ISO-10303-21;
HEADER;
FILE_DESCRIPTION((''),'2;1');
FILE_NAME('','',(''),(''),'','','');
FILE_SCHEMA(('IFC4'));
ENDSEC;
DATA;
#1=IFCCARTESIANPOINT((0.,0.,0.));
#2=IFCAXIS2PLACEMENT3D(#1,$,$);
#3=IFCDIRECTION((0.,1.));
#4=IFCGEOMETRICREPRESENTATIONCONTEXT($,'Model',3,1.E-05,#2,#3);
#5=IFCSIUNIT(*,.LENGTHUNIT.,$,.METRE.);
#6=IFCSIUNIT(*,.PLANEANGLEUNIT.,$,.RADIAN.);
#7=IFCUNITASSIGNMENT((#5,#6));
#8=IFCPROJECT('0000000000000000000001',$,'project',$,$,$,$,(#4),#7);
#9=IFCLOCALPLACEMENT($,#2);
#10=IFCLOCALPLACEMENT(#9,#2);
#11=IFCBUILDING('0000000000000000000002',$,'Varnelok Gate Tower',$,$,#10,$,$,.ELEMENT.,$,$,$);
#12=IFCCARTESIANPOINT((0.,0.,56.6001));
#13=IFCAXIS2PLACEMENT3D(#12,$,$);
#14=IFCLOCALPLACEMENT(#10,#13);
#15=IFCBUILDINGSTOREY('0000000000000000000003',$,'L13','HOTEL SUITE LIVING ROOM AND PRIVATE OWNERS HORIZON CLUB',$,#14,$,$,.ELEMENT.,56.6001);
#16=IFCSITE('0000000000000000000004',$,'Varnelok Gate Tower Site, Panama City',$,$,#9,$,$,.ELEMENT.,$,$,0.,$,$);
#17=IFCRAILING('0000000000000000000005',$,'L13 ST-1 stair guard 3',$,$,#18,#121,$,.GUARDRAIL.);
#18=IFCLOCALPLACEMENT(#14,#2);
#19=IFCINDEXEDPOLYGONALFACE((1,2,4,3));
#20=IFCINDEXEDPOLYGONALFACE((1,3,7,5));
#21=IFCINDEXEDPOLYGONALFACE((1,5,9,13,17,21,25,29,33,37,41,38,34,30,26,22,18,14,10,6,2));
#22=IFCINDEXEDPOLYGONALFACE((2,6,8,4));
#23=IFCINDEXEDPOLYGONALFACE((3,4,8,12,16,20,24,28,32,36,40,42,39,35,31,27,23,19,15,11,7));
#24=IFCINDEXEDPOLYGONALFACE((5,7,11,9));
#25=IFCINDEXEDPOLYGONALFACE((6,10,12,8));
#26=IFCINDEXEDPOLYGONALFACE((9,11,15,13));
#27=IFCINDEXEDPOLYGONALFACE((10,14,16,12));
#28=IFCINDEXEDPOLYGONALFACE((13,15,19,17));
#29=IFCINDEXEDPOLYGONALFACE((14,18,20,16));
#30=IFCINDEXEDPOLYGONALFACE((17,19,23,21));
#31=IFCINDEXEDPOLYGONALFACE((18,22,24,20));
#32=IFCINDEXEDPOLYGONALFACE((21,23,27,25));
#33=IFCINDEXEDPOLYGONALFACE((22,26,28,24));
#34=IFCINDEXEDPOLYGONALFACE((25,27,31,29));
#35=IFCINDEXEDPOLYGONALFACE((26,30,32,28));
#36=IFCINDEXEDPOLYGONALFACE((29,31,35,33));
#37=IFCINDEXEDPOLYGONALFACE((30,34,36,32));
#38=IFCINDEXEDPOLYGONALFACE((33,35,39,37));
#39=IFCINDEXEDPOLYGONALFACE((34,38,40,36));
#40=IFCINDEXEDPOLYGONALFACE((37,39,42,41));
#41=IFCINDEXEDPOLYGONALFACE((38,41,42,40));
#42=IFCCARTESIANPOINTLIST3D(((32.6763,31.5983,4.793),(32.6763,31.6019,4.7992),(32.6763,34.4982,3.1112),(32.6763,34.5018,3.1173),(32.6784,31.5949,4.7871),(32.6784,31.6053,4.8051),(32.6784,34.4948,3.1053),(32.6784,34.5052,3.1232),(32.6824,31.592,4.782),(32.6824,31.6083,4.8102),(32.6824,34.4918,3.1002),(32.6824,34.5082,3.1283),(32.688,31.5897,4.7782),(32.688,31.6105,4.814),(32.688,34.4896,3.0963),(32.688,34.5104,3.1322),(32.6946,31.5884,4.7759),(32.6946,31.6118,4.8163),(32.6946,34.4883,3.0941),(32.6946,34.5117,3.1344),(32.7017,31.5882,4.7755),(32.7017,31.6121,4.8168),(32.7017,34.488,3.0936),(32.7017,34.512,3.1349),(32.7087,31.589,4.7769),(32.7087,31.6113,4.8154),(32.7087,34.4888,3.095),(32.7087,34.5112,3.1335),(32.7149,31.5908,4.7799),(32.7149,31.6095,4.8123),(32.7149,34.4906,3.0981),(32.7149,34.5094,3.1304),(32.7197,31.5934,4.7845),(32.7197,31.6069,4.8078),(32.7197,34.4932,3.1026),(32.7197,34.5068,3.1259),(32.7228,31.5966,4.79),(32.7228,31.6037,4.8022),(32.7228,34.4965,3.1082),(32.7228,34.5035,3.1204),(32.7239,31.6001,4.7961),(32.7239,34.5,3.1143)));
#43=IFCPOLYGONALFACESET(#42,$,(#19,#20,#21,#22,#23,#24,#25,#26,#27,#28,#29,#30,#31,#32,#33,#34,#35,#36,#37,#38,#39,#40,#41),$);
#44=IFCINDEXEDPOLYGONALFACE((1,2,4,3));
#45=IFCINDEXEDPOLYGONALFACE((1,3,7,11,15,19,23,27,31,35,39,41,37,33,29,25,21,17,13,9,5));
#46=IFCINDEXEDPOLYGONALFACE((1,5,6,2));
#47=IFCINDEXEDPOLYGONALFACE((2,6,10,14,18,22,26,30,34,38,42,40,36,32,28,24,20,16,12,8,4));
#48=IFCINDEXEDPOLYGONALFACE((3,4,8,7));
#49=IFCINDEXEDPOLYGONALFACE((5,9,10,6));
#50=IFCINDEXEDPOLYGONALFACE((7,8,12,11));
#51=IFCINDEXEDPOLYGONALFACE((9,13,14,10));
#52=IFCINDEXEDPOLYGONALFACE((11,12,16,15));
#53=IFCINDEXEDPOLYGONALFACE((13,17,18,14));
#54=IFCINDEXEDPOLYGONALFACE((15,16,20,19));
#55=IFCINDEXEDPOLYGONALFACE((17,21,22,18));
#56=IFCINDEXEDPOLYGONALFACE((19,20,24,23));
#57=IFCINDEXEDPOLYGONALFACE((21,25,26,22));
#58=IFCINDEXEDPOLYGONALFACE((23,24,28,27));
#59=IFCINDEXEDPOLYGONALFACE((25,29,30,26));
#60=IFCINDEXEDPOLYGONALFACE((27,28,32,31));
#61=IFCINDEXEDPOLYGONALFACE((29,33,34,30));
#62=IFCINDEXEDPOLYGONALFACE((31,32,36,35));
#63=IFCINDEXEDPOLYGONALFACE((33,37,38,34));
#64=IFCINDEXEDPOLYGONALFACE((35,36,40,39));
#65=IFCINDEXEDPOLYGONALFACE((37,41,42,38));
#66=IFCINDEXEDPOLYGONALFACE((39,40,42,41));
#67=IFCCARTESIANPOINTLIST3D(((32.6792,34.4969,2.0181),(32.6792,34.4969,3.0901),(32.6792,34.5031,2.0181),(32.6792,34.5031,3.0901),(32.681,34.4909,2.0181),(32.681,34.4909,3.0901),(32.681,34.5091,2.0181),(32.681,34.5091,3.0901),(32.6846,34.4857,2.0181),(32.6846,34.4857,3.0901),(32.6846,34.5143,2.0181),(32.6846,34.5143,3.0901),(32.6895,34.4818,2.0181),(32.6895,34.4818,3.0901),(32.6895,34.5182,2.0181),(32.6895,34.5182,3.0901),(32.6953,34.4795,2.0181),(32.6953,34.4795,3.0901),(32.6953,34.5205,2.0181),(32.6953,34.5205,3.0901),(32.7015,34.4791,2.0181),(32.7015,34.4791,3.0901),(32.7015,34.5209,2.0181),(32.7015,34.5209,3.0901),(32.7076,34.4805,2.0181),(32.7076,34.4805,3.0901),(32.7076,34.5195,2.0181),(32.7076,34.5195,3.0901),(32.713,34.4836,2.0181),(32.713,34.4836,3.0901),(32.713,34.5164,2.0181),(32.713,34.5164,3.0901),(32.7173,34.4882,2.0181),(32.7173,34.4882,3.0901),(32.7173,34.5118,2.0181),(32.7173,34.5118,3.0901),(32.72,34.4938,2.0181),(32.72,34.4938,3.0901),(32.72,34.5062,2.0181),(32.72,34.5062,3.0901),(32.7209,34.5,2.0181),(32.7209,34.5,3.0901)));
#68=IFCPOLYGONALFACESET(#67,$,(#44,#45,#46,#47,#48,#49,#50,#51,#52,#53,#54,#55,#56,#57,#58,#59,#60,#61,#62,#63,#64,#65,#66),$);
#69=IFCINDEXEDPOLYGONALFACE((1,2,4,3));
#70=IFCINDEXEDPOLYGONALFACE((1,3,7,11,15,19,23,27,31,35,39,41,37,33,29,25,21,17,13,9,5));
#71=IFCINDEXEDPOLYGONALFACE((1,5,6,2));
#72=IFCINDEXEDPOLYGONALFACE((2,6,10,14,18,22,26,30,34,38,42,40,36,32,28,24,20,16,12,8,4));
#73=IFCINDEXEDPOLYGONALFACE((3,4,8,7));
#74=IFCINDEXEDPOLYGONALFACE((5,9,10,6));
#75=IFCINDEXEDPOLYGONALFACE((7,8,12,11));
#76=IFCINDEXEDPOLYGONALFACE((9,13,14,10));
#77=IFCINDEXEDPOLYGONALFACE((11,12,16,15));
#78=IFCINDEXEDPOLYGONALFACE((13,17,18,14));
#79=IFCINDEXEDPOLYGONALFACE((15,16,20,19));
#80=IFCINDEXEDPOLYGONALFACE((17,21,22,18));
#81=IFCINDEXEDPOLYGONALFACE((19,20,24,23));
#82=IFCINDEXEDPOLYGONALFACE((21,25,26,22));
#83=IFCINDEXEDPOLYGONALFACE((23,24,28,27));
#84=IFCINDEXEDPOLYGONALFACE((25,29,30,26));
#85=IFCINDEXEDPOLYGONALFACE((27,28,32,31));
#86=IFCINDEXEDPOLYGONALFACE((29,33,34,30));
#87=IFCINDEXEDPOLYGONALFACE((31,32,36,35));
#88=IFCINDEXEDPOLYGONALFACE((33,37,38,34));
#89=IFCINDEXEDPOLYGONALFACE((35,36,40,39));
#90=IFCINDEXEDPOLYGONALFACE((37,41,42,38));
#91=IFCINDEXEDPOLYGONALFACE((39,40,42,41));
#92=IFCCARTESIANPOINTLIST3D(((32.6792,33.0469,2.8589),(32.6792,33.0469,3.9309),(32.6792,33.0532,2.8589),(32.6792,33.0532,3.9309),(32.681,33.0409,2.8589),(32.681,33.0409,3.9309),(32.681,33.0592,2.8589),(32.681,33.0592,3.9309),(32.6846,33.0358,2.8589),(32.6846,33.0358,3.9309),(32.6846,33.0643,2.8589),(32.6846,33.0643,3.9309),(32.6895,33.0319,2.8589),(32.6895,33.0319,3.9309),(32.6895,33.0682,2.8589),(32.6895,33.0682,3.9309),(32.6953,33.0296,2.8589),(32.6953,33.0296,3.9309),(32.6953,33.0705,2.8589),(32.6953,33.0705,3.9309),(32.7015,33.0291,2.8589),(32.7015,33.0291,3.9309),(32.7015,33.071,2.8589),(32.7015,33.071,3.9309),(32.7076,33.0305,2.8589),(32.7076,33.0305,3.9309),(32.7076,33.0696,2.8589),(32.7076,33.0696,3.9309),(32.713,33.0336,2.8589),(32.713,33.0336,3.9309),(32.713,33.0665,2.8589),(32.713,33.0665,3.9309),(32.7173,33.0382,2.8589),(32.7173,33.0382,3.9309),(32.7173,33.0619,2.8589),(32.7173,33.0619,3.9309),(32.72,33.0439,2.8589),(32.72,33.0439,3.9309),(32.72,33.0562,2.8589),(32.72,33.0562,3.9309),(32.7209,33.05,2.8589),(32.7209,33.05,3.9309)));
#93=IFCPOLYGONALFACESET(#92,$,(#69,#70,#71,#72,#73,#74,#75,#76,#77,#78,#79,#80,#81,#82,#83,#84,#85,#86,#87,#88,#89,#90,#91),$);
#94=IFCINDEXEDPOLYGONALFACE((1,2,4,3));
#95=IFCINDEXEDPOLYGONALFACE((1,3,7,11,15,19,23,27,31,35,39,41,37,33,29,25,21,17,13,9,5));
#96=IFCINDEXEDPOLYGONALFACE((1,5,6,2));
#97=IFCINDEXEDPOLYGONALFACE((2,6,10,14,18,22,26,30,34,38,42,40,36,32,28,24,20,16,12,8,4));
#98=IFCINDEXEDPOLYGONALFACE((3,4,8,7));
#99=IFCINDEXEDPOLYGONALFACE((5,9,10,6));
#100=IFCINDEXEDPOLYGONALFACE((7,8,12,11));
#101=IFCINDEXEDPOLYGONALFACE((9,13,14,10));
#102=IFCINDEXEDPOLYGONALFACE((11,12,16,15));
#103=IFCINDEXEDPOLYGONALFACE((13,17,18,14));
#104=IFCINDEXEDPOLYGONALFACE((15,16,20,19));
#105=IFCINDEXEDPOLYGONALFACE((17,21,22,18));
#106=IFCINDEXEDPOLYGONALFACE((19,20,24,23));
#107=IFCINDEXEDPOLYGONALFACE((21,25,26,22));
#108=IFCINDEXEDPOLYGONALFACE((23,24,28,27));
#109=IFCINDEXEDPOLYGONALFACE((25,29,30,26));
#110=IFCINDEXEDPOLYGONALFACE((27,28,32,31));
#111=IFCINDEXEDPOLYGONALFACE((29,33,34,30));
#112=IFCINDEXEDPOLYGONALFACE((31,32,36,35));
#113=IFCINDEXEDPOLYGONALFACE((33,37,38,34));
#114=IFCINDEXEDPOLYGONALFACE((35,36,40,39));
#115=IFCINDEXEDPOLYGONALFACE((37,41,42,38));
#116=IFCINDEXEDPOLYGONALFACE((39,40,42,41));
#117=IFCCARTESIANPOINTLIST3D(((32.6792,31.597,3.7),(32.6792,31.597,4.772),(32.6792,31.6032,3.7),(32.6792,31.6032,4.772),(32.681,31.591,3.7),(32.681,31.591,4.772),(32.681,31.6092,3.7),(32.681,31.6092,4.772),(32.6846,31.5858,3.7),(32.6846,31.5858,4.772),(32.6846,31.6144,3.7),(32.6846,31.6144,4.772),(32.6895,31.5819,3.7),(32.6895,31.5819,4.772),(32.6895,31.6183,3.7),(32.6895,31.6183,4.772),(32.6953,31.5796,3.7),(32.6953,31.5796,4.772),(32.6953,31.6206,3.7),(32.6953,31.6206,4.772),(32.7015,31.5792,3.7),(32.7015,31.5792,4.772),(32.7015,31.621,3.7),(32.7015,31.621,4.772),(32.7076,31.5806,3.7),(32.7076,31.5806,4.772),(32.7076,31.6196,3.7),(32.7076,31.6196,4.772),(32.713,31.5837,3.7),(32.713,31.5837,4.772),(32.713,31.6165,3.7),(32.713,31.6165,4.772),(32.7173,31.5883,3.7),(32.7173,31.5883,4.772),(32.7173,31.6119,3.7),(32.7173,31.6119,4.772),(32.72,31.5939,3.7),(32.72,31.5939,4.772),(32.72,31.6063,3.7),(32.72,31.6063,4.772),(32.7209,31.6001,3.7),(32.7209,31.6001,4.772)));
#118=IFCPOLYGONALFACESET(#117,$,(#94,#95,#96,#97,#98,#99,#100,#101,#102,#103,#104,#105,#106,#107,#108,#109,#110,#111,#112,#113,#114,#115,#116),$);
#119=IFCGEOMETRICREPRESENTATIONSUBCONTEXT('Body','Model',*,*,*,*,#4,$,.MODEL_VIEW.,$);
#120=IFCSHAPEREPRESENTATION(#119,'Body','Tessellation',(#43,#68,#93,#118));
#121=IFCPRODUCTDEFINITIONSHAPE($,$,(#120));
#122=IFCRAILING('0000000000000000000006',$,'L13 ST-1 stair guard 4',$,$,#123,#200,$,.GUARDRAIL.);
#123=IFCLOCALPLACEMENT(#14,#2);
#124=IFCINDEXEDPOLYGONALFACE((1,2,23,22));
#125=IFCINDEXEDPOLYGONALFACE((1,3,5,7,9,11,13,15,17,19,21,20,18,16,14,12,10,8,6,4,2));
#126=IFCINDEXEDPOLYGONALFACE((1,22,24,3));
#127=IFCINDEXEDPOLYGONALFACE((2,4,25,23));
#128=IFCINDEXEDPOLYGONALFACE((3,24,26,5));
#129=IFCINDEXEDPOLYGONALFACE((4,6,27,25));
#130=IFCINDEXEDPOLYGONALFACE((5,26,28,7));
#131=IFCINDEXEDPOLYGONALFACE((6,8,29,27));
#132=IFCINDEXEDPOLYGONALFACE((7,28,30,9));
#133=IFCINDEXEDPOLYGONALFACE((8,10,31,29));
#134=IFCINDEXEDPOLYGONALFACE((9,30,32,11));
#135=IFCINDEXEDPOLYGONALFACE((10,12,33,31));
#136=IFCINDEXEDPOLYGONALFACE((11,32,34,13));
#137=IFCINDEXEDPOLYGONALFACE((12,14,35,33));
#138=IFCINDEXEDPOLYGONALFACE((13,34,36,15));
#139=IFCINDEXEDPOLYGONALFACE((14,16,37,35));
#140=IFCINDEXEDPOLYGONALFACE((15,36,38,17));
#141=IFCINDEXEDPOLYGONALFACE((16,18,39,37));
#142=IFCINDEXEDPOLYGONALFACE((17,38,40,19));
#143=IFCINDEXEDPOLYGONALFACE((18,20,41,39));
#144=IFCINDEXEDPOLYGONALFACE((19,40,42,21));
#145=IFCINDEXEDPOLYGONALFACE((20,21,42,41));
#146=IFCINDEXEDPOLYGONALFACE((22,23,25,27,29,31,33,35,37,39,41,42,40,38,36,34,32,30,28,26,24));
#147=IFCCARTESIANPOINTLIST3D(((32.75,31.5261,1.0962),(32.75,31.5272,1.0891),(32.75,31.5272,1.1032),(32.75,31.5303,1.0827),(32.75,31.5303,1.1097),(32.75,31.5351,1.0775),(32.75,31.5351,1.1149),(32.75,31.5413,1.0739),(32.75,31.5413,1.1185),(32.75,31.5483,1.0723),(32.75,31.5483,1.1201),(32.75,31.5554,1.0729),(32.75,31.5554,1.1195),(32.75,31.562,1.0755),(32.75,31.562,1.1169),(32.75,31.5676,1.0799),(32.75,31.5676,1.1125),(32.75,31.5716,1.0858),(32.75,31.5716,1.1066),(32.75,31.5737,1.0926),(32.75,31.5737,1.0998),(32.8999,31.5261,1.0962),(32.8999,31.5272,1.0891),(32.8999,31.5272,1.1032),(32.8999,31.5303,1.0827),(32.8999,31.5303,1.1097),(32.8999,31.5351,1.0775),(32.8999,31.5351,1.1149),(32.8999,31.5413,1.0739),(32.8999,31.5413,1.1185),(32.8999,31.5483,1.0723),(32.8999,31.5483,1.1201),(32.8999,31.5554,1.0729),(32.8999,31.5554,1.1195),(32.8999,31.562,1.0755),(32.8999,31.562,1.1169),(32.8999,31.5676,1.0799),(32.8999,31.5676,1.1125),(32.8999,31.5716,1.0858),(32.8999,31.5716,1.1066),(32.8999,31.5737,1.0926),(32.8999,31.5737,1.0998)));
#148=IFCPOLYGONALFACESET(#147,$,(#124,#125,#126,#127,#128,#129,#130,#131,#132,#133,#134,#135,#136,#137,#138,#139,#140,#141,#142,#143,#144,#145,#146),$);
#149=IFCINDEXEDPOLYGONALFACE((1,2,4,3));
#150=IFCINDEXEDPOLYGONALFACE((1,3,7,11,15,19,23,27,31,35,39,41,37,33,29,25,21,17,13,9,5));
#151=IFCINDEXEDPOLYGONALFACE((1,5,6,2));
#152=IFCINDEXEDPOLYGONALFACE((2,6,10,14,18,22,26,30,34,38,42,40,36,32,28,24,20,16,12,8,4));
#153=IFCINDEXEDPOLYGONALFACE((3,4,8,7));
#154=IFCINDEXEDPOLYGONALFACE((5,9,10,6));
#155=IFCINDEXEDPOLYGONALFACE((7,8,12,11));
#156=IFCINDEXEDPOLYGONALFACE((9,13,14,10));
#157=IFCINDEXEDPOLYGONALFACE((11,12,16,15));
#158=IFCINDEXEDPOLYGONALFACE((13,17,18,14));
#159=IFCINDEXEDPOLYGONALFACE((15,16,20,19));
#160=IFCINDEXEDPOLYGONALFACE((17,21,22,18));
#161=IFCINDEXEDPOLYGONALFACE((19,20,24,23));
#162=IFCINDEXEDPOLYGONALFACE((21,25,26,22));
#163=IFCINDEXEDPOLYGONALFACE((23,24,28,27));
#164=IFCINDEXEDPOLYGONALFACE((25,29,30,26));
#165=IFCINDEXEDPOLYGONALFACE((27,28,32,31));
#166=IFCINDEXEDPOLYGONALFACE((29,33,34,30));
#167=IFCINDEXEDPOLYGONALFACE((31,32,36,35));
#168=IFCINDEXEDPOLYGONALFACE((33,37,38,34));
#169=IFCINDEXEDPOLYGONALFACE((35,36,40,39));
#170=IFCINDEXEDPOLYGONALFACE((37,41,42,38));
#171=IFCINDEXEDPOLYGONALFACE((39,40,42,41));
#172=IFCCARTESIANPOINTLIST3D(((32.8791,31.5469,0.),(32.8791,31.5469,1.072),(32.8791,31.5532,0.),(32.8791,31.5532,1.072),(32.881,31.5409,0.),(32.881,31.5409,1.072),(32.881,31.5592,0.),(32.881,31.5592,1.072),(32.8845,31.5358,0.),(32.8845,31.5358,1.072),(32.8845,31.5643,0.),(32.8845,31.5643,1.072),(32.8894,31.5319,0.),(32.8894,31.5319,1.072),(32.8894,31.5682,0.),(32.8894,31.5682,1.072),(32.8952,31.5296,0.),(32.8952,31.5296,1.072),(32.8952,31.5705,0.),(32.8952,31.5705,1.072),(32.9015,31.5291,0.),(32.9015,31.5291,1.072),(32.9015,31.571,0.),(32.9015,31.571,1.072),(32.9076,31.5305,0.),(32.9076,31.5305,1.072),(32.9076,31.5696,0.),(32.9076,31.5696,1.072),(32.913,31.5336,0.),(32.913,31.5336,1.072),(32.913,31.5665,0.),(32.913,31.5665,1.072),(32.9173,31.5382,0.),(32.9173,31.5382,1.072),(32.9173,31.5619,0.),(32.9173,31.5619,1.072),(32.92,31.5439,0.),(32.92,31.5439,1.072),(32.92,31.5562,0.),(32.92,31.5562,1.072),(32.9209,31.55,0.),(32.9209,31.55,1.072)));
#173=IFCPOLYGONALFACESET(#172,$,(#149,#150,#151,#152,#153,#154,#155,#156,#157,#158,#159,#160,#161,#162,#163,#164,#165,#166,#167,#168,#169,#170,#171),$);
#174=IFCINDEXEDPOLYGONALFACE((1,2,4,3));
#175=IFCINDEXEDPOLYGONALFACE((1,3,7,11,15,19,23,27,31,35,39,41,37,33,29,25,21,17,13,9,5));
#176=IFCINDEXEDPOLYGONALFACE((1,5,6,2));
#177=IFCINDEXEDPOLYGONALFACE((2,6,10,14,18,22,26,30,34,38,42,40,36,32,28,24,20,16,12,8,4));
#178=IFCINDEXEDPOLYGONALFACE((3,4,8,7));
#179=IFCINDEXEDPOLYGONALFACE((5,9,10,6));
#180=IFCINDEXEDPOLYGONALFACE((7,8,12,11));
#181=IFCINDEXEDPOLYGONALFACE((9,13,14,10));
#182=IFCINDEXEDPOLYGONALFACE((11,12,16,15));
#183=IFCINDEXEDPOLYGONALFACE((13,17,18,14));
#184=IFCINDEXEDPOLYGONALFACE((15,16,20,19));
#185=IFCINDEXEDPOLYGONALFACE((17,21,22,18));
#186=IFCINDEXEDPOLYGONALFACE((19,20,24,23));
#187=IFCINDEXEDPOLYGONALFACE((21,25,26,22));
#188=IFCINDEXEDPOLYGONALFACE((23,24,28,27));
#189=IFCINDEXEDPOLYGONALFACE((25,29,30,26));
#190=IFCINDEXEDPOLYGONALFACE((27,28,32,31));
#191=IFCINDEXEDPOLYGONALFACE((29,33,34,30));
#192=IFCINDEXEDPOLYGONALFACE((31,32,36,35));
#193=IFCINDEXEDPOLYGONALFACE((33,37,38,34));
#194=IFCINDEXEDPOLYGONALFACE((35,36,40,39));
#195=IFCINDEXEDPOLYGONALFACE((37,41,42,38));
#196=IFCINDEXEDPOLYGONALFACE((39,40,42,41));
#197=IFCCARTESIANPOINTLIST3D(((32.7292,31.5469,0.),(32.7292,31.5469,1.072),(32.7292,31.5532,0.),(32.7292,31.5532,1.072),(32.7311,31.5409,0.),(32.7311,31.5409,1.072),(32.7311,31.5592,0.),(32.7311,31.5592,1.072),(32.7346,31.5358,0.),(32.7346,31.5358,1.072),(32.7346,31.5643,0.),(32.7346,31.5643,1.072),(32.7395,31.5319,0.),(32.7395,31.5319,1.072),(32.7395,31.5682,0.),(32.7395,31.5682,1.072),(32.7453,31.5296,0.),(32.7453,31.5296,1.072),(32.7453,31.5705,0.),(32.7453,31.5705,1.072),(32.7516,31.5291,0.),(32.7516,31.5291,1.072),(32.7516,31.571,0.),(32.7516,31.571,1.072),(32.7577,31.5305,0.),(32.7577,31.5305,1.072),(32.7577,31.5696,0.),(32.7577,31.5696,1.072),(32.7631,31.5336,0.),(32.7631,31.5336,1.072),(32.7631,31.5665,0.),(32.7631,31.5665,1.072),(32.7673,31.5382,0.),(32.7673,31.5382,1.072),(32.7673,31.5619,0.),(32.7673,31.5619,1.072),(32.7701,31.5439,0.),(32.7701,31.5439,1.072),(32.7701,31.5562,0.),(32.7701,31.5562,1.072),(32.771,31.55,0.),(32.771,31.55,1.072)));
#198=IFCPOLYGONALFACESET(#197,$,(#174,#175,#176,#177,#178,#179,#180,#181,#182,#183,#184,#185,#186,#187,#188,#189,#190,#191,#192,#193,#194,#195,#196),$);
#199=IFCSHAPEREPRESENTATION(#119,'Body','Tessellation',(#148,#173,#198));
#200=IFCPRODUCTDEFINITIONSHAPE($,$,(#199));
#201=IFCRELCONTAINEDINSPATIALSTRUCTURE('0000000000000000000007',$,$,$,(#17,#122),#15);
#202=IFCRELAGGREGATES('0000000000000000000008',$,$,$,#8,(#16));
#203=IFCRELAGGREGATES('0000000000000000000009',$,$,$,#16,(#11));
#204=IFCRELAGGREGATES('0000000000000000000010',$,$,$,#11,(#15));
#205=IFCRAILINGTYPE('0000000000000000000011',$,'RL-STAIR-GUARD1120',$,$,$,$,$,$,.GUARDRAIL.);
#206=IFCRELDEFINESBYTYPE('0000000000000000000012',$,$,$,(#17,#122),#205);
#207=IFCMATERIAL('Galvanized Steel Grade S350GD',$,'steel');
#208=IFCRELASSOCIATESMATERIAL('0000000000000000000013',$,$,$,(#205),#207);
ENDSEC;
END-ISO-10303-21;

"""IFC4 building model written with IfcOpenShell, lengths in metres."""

from ifc_helpers import new_model, si_unit, direction, frame, origin, origin_2d, place, context, subcontext, project, spatial, circle, extrude, material, type_object, element, save


model = new_model("IFC4")

# Units and contexts
model_context = context("Model", 3, precision=1e-05, world=origin(), true_north=direction((0.0, 1.0)))
body_context = subcontext(model_context, "Body", "Model", "MODEL_VIEW")
ifc_project = project(units=[si_unit("LENGTHUNIT", "METRE"), si_unit("PLANEANGLEUNIT", "RADIAN")], contexts=[model_context])

# Site, building, storey
site_placement = place(None, origin())
site = spatial("IfcSite", under=ifc_project, at=site_placement, Name="Varnelok Gate Tower Site, Panama City", CompositionType="ELEMENT", RefElevation=0.0)
building_placement = place(site_placement, origin())
building = spatial("IfcBuilding", under=site, at=building_placement, Name="Varnelok Gate Tower", CompositionType="ELEMENT")
storey_placement = place(building_placement, frame((0.0, 0.0, 56.6001)))
storey = spatial("IfcBuildingStorey", under=building, at=storey_placement, Name="L13", Description="HOTEL SUITE LIVING ROOM AND PRIVATE OWNERS HORIZON CLUB", CompositionType="ELEMENT", Elevation=56.6001)

# Shared definitions
ifc_material_1 = material(Name="Galvanized Steel Grade S350GD", Category="steel")

# Railings
railing_type_1 = type_object("IfcRailingType", Name="RL-STAIR-GUARD1120", PredefinedType="GUARDRAIL", material=ifc_material_1)
railing_1_placement = place(storey_placement, frame((32.7, 34.5, 2.0181)))
element("IfcRailing", 1, at=railing_1_placement, inside=storey, type_object=railing_type_1, Name="L13 ST-1 stair guard 3", PredefinedType="GUARDRAIL", context=body_context, shape_type="SweptSolid", body=[
    extrude(circle(Radius=0.0239, at=origin_2d()), frame((0.0, 0.0, 1.0962), z_axis=(0.0, -0.865039, 0.501705), x_axis=(1.0, 0.0, 0.0)), (0.0, 0.0, 1.0), 3.3523),
    extrude(circle(Radius=0.021, at=origin_2d()), origin(), (0.0, 0.0, 1.0), 1.072),
    extrude(circle(Radius=0.021, at=origin_2d()), frame((0.0, -1.45, 0.8408)), (0.0, 0.0, 1.0), 1.072),
    extrude(circle(Radius=0.021, at=origin_2d()), frame((0.0, -2.8999, 1.6819)), (0.0, 0.0, 1.0), 1.072),
])
railing_2_placement = place(storey_placement, frame((32.8999, 31.55, 0.0)))
element("IfcRailing", 2, at=railing_2_placement, inside=storey, type_object=railing_type_1, Name="L13 ST-1 stair guard 4", PredefinedType="GUARDRAIL", context=body_context, shape_type="SweptSolid", body=[
    extrude(circle(Radius=0.0239, at=origin_2d()), frame((0.0, 0.0, 1.0962), z_axis=(-1.0, 0.0, 0.0), x_axis=(0.0, -1.0, 0.0)), (0.0, 0.0, 1.0), 0.1499),
    extrude(circle(Radius=0.021, at=origin_2d()), origin(), (0.0, 0.0, 1.0), 1.072),
    extrude(circle(Radius=0.021, at=origin_2d()), frame((-0.1499, 0.0, 0.0)), (0.0, 0.0, 1.0), 1.072),
])

save(model, "model.ifc")
